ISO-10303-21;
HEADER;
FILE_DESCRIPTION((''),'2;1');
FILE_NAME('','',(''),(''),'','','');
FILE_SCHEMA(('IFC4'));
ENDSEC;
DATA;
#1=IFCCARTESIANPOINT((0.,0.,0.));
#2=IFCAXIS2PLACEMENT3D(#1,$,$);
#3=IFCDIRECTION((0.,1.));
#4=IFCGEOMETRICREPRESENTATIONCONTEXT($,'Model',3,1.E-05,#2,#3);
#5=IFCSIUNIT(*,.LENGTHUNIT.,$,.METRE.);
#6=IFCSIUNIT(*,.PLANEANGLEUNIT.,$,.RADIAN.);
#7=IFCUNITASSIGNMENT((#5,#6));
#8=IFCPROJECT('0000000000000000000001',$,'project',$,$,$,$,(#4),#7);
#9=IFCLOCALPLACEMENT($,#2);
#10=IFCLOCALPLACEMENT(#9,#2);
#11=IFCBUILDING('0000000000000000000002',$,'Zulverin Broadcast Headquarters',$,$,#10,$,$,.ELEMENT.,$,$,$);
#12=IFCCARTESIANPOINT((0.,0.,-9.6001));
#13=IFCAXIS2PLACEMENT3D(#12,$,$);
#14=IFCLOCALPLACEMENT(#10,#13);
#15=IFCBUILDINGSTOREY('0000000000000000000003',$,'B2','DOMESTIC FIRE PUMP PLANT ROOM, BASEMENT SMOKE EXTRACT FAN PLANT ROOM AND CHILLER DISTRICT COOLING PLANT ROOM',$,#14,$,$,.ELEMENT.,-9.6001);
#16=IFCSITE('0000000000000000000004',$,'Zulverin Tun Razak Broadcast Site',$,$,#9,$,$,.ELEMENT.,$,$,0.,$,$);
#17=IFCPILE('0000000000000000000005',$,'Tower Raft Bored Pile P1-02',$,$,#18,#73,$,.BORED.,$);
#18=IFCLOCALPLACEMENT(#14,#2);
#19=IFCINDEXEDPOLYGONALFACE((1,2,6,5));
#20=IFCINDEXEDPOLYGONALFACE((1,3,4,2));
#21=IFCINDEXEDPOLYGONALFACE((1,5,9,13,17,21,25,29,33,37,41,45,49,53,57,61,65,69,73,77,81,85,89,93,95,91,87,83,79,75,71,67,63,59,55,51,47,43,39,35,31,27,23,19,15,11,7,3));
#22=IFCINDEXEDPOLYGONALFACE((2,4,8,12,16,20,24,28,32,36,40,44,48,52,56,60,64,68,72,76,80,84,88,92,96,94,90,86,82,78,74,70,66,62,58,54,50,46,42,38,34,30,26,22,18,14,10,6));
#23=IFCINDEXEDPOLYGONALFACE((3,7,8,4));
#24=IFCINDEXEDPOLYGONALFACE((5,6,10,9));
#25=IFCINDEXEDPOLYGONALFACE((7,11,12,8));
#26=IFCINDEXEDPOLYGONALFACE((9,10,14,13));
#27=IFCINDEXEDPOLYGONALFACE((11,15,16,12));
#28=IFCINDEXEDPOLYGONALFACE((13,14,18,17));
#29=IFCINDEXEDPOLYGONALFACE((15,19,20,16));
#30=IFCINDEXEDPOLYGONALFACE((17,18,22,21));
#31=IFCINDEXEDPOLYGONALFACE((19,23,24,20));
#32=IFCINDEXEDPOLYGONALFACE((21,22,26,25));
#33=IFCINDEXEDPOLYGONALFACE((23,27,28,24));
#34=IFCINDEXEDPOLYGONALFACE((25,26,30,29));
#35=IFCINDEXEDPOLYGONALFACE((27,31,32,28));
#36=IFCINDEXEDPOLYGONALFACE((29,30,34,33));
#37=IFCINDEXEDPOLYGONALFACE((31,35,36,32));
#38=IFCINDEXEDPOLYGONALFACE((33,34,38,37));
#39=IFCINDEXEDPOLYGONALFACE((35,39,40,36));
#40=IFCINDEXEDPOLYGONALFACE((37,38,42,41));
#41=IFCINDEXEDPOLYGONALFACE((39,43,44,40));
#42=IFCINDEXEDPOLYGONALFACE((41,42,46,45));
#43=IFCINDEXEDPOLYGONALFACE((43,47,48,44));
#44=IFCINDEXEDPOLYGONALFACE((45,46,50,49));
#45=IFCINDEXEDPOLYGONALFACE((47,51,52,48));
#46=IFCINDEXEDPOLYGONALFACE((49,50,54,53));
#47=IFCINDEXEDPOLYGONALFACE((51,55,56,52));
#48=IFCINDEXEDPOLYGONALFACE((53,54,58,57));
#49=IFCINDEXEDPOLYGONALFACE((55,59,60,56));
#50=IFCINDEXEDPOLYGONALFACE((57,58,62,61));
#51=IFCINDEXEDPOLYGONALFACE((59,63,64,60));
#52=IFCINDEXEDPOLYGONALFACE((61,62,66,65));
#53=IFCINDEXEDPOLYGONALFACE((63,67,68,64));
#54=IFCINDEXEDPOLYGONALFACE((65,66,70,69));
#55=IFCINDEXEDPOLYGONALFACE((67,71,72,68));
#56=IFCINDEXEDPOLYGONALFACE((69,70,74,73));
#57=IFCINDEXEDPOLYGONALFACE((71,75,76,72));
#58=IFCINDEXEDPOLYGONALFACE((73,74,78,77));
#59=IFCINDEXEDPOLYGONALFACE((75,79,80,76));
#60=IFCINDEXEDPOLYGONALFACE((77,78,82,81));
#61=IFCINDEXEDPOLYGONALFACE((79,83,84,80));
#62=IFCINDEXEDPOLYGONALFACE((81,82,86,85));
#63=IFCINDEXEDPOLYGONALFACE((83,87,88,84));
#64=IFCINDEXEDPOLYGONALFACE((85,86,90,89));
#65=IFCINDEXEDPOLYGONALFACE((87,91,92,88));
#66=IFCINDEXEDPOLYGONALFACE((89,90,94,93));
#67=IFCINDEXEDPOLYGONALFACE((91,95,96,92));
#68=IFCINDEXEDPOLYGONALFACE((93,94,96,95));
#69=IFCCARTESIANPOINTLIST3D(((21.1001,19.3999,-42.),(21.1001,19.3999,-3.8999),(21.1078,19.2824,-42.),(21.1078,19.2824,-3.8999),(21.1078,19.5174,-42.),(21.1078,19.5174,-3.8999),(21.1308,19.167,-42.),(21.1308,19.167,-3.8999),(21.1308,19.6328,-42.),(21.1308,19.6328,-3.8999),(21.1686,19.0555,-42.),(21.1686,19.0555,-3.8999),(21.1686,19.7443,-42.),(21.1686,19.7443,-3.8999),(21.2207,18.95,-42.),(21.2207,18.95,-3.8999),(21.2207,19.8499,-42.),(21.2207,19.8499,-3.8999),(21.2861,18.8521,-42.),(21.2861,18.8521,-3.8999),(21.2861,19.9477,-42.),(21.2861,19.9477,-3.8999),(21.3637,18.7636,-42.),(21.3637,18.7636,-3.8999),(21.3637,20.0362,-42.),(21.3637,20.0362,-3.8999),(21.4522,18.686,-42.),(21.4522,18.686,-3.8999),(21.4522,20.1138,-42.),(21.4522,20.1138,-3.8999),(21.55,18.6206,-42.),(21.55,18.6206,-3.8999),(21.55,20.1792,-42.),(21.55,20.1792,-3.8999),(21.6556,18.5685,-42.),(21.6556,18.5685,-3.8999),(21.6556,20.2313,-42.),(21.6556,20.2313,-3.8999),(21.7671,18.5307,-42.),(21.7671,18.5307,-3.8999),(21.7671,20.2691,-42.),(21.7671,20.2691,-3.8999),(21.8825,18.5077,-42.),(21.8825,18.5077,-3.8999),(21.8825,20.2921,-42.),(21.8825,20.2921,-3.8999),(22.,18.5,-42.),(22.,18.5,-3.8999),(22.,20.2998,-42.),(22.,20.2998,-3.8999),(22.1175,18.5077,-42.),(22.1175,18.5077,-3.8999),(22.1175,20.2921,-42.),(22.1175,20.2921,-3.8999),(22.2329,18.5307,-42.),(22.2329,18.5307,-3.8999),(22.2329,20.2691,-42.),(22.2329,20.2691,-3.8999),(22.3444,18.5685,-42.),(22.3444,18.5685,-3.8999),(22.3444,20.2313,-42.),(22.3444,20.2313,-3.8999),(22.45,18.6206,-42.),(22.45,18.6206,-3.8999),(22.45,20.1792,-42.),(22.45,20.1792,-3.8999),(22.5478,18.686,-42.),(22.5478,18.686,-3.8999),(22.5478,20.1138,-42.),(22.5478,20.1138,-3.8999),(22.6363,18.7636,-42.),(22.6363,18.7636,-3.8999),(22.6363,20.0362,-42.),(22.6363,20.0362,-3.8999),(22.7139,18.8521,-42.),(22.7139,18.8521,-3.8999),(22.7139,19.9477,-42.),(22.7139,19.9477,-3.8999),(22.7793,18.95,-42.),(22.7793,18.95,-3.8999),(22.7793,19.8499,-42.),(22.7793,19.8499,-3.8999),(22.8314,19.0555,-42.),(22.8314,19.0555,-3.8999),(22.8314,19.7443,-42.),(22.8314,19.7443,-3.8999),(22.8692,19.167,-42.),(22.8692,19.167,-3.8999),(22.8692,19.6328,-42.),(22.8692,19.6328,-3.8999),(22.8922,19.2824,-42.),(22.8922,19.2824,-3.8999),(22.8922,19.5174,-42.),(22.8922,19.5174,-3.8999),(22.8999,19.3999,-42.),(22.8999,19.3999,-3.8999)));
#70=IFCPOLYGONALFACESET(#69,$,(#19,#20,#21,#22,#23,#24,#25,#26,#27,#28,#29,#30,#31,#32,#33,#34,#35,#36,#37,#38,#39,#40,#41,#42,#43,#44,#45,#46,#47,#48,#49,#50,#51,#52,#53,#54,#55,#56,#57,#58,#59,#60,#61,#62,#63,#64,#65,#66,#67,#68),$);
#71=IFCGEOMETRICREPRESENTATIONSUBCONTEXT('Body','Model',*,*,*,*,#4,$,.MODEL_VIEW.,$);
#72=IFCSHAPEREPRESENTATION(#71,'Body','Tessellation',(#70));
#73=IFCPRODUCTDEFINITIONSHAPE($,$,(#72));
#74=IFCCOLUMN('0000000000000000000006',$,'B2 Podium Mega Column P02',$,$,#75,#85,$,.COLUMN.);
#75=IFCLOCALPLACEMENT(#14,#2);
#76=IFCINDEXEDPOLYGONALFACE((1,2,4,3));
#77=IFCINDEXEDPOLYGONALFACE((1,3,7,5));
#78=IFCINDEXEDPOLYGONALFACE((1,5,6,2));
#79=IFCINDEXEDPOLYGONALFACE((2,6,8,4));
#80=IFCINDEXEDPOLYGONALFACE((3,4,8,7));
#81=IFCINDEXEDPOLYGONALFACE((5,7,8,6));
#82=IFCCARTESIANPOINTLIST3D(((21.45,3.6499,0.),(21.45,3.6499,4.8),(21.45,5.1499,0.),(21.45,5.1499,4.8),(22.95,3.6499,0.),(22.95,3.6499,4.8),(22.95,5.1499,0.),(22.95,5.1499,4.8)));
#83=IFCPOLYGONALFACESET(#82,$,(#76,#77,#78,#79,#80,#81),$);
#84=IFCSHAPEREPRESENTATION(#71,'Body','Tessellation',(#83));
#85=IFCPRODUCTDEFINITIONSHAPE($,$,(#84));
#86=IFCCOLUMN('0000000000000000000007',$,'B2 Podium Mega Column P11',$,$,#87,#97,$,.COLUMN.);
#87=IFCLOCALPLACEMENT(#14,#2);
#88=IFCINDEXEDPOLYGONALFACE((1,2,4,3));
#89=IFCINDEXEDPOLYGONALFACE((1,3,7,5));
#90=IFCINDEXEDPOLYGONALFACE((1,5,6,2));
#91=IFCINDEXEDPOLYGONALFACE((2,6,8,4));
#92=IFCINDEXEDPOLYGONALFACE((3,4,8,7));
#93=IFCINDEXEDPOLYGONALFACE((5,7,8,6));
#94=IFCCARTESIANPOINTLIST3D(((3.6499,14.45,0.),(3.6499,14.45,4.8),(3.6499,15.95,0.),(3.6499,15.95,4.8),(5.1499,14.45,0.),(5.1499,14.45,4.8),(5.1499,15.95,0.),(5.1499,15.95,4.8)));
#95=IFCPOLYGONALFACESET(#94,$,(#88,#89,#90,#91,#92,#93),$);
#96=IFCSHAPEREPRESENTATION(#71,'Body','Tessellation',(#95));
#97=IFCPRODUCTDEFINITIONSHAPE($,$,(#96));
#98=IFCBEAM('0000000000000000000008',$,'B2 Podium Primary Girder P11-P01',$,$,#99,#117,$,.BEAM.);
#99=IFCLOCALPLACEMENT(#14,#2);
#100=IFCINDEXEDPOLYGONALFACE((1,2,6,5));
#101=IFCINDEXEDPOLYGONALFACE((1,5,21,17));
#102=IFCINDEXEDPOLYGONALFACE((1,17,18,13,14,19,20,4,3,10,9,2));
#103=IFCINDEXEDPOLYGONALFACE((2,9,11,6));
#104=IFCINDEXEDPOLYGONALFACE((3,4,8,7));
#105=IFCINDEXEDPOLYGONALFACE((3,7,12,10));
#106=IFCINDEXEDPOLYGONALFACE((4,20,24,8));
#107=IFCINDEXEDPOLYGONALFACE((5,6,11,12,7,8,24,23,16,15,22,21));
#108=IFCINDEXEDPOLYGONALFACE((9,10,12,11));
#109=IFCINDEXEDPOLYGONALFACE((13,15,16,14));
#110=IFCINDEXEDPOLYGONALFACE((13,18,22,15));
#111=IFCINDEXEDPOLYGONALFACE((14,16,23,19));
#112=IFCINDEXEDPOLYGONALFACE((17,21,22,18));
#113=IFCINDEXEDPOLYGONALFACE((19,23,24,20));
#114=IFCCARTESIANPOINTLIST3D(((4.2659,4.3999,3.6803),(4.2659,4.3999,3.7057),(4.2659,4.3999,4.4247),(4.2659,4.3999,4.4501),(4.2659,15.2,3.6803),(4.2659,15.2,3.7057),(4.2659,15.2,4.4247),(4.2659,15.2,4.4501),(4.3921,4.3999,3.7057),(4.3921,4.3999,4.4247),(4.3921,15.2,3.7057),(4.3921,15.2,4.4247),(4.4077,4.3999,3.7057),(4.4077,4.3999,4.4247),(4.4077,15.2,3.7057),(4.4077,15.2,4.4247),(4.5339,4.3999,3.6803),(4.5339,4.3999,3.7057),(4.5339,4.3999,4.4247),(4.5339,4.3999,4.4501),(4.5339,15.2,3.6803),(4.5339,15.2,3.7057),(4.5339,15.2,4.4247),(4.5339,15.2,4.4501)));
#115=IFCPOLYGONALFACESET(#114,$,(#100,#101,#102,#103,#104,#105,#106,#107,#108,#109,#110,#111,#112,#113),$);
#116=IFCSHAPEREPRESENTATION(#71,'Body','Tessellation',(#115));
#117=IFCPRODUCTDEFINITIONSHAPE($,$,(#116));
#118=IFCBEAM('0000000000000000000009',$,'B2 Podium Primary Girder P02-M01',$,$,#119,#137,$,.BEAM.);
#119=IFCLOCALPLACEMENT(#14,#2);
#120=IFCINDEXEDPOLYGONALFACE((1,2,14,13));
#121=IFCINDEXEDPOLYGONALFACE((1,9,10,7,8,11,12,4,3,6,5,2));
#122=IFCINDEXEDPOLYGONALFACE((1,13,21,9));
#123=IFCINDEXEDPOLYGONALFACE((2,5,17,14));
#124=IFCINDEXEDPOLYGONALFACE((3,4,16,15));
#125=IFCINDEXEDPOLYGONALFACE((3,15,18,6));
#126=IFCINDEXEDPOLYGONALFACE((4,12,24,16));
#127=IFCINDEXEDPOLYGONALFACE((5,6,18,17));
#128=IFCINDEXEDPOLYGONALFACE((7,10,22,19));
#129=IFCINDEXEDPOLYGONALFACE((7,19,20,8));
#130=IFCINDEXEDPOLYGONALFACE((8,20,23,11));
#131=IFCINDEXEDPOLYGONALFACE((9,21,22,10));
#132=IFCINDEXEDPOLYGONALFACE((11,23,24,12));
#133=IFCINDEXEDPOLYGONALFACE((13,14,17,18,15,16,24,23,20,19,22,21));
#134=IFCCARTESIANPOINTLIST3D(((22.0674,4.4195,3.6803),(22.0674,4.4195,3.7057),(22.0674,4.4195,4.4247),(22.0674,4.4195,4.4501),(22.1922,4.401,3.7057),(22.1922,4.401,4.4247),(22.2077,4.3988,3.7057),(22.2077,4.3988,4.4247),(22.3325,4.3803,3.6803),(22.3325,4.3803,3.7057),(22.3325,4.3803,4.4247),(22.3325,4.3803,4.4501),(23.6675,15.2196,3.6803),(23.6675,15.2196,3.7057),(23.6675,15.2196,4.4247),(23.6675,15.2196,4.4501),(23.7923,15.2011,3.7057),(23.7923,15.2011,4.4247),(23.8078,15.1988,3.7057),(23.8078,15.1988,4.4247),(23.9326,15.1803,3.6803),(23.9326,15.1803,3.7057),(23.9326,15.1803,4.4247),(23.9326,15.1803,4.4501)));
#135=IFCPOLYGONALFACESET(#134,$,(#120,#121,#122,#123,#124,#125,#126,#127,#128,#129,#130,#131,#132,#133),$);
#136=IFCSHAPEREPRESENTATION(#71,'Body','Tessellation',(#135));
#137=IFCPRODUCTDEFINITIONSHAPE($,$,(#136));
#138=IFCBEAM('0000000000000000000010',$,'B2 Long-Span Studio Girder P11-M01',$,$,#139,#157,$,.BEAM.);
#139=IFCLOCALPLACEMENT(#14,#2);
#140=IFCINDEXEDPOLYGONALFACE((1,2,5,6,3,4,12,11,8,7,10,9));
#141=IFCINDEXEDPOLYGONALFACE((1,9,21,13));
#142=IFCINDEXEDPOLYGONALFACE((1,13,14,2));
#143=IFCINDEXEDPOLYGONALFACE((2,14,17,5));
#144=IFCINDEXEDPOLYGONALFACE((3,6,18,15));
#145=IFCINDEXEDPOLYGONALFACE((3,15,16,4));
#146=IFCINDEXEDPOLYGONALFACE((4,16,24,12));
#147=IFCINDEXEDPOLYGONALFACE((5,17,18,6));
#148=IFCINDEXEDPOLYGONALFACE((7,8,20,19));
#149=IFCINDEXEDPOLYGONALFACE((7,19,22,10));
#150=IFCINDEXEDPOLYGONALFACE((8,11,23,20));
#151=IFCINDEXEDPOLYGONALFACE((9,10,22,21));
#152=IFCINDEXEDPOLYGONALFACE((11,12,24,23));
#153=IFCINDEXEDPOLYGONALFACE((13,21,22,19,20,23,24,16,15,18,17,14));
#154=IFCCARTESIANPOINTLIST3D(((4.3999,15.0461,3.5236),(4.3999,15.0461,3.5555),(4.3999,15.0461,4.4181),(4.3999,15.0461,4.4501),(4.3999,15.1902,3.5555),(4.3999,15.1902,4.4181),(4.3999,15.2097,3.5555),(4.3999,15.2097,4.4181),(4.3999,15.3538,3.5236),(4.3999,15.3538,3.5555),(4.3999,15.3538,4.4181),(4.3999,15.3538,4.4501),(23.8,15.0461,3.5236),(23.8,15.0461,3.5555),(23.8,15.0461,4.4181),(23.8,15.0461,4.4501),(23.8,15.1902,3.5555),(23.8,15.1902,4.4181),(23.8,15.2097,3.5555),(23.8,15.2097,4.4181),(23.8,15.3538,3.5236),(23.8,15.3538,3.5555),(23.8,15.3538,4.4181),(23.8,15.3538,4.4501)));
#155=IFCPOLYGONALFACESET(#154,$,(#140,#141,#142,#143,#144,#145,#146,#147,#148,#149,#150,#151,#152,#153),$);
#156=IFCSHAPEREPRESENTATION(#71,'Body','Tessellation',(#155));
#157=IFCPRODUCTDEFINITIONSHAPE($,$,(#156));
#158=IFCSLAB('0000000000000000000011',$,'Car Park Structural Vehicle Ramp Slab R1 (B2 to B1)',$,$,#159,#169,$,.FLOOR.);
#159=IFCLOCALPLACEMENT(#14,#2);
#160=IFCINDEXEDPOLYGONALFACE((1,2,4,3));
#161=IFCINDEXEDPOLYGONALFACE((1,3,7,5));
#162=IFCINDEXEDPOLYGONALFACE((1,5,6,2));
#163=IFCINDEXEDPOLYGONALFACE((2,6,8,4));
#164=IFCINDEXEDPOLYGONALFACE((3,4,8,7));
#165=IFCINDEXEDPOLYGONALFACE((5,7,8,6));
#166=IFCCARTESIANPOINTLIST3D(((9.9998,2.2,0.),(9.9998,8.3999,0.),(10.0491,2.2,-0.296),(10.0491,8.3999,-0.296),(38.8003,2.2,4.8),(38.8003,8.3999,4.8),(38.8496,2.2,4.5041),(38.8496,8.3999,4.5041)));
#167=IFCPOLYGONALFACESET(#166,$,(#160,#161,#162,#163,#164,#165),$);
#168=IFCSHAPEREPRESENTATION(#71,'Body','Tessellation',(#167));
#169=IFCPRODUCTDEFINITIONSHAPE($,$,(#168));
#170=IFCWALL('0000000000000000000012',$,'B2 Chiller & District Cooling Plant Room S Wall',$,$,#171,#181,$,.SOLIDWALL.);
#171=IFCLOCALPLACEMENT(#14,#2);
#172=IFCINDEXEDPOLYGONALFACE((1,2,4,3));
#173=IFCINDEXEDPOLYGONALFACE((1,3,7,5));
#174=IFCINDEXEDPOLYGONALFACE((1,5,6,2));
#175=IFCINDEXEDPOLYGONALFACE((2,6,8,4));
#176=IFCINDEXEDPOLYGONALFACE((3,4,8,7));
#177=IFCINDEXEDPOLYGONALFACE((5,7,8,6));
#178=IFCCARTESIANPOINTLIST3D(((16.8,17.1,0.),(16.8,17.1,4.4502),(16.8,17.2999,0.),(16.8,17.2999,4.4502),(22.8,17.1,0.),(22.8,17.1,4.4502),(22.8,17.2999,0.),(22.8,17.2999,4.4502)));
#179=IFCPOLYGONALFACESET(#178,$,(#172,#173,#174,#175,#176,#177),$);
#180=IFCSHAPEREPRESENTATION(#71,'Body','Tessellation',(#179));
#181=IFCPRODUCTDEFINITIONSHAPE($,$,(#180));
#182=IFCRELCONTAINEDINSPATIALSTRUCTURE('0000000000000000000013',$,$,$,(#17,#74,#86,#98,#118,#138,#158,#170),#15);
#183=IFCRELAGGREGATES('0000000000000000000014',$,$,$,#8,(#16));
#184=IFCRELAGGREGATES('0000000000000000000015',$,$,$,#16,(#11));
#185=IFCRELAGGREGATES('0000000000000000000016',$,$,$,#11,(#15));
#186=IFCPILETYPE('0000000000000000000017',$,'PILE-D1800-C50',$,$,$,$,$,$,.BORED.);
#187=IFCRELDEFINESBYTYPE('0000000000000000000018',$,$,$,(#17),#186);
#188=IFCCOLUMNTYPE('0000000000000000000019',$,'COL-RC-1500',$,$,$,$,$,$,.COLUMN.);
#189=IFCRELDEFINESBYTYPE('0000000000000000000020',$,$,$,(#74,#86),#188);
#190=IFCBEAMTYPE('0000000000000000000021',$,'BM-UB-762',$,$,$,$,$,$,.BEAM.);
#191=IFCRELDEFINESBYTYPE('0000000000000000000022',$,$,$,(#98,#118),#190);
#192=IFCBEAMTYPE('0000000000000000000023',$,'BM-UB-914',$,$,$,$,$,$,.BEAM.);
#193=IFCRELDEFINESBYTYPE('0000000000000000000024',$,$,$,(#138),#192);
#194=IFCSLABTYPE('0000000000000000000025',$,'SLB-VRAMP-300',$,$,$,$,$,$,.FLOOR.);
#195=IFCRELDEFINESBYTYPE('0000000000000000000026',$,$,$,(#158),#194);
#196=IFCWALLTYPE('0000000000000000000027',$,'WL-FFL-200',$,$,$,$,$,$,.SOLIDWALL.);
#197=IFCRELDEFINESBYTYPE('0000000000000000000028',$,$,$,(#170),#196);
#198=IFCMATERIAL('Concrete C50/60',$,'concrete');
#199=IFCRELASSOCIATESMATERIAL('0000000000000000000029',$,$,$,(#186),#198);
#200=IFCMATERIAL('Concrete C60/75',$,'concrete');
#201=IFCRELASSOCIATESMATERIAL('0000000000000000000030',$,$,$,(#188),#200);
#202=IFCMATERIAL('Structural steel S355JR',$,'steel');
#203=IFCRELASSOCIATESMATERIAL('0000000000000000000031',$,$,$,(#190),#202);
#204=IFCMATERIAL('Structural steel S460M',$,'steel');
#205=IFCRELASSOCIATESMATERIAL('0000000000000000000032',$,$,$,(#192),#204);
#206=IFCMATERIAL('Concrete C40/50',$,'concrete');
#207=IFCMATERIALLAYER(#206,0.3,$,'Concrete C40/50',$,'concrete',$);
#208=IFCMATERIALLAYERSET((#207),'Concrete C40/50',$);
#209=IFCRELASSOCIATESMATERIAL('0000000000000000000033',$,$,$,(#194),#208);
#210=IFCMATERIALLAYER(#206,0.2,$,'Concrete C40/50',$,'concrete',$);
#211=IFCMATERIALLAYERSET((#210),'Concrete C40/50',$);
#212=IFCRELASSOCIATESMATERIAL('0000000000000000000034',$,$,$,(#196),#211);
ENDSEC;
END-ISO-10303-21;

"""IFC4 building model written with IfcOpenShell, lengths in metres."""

from ifc_helpers import new_model, si_unit, direction, frame, frame_2d, origin, origin_2d, place, context, subcontext, project, spatial, polyline, rectangle, circle, i_section, outline, extrude, material, layer, layer_set, material_profile, profile_set, type_object, element, save


model = new_model("IFC4")

# Units and contexts
model_context = context("Model", 3, precision=1e-05, world=origin(), true_north=direction((0.0, 1.0)))
body_context = subcontext(model_context, "Body", "Model", "MODEL_VIEW")
ifc_project = project(units=[si_unit("LENGTHUNIT", "METRE"), si_unit("PLANEANGLEUNIT", "RADIAN")], contexts=[model_context])

# Site, building, storey
site_placement = place(None, origin())
site = spatial("IfcSite", under=ifc_project, at=site_placement, Name="Zulverin Tun Razak Broadcast Site", CompositionType="ELEMENT", RefElevation=0.0)
building_placement = place(site_placement, origin())
building = spatial("IfcBuilding", under=site, at=building_placement, Name="Zulverin Broadcast Headquarters", CompositionType="ELEMENT")
storey_placement = place(building_placement, frame((0.0, 0.0, -9.6001)))
storey = spatial("IfcBuildingStorey", under=building, at=storey_placement, Name="B2", Description="DOMESTIC FIRE PUMP PLANT ROOM, BASEMENT SMOKE EXTRACT FAN PLANT ROOM AND CHILLER DISTRICT COOLING PLANT ROOM", CompositionType="ELEMENT", Elevation=-9.6001)

# Shared definitions
ifc_material_1 = material(Name="Concrete C50/60", Category="concrete")

# Pile
ifc_material_profile_1 = material_profile(ifc_material_1, circle(Radius=0.8999, at=origin_2d()), Name="Concrete C50/60", Category="concrete")
ifc_profile_set_1 = profile_set([ifc_material_profile_1], Name="Concrete C50/60")
pile_type_1 = type_object("IfcPileType", Name="PILE-D1800-C50", PredefinedType="BORED", material=ifc_profile_set_1)
for number, where, z_axis, x_axis, name in (
    (1, (22.0, 19.3999, -3.8999), (0.0, 0.0, -1.0), (1.0, 0.0, 0.0), "Tower Raft Bored Pile P1-02"),
):
    element("IfcPile", number, at=place(storey_placement, frame(where, z_axis=z_axis, x_axis=x_axis)), inside=storey, type_object=pile_type_1, Name=name, PredefinedType="BORED", context=body_context, shape_type="SweptSolid", body=[
        extrude(circle(Radius=0.8999, at=origin_2d()), origin(), (0.0, 0.0, 1.0), 38.1001),
    ])

# Columns
ifc_material_2 = material(Name="Concrete C60/75", Category="concrete")
ifc_material_profile_2 = material_profile(ifc_material_2, rectangle(XDim=1.5, YDim=1.5, at=origin_2d()), Name="Concrete C60/75", Category="concrete")
ifc_profile_set_2 = profile_set([ifc_material_profile_2], Name="Concrete C60/75")
column_type = type_object("IfcColumnType", Name="COL-RC-1500", PredefinedType="COLUMN", material=ifc_profile_set_2)
for number, where, z_axis, x_axis, name in (
    (2, (22.2, 4.3999, 0.0), (0.0, 0.0, 1.0), (1.0, 0.0, 0.0), "B2 Podium Mega Column P02"),
    (3, (4.3999, 15.2, 0.0), (0.0, 0.0, 1.0), (1.0, 0.0, 0.0), "B2 Podium Mega Column P11"),
):
    element("IfcColumn", number, at=place(storey_placement, frame(where, z_axis=z_axis, x_axis=x_axis)), inside=storey, type_object=column_type, Name=name, PredefinedType="COLUMN", context=body_context, shape_type="SweptSolid", body=[
        extrude(rectangle(XDim=1.5, YDim=1.5, at=origin_2d()), origin(), (0.0, 0.0, 1.0), 4.8),
    ])

# Beams
ifc_material_3 = material(Name="Structural steel S355JR", Category="steel")
ifc_material_profile_3 = material_profile(ifc_material_3, i_section(OverallWidth=0.2681, OverallDepth=0.7698, WebThickness=0.0156, FlangeThickness=0.0254, at=origin_2d()), Name="Structural steel S355JR", Category="steel")
ifc_profile_set_3 = profile_set([ifc_material_profile_3], Name="Structural steel S355JR")
beam_type_1 = type_object("IfcBeamType", Name="BM-UB-762", PredefinedType="BEAM", material=ifc_profile_set_3)
beam_1_placement = place(storey_placement, frame((4.3999, 15.2, 4.0652), z_axis=(0.0, -1.0, 0.0), x_axis=(1.0, 0.0, 0.0)))
element("IfcBeam", 4, at=beam_1_placement, inside=storey, type_object=beam_type_1, Name="B2 Podium Primary Girder P11-P01", PredefinedType="BEAM", context=body_context, shape_type="SweptSolid", body=[
    extrude(i_section(OverallWidth=0.2681, OverallDepth=0.7698, WebThickness=0.0156, FlangeThickness=0.0254, at=origin_2d()), origin(), (0.0, 0.0, 1.0), 10.8),
])
beam_2_placement = place(storey_placement, frame((22.2, 4.3999, 4.0652), z_axis=(0.146557, 0.989202, 0.0), x_axis=(-0.989202, 0.146557, 0.0)))
element("IfcBeam", 5, at=beam_2_placement, inside=storey, type_object=beam_type_1, Name="B2 Podium Primary Girder P02-M01", PredefinedType="BEAM", context=body_context, shape_type="SweptSolid", body=[
    extrude(i_section(OverallWidth=0.2681, OverallDepth=0.7698, WebThickness=0.0156, FlangeThickness=0.0254, at=origin_2d()), origin(), (0.0, 0.0, 1.0), 10.918),
])
ifc_material_4 = material(Name="Structural steel S460M", Category="steel")
ifc_material_profile_4 = material_profile(ifc_material_4, i_section(OverallWidth=0.3076, OverallDepth=0.9265, WebThickness=0.0195, FlangeThickness=0.032, at=origin_2d()), Name="Structural steel S460M", Category="steel")
ifc_profile_set_4 = profile_set([ifc_material_profile_4], Name="Structural steel S460M")
beam_type_2 = type_object("IfcBeamType", Name="BM-UB-914", PredefinedType="BEAM", material=ifc_profile_set_4)
beam_3_placement = place(storey_placement, frame((4.3999, 15.2, 3.9868), z_axis=(1.0, 0.0, 0.0), x_axis=(0.0, 1.0, 0.0)))
element("IfcBeam", 6, at=beam_3_placement, inside=storey, type_object=beam_type_2, Name="B2 Long-Span Studio Girder P11-M01", PredefinedType="BEAM", context=body_context, shape_type="SweptSolid", body=[
    extrude(i_section(OverallWidth=0.3076, OverallDepth=0.9265, WebThickness=0.0195, FlangeThickness=0.032, at=origin_2d()), origin(), (0.0, 0.0, 1.0), 19.4001),
])

# Slab
ifc_material_5 = material(Name="Concrete C40/50", Category="concrete")
ifc_layer_1 = layer(ifc_material_5, 0.3, Name="Concrete C40/50", Category="concrete")
ifc_layer_set_1 = layer_set([ifc_layer_1], Name="Concrete C40/50")
slab_type = type_object("IfcSlabType", Name="SLB-VRAMP-300", PredefinedType="FLOOR", material=ifc_layer_set_1)
slab_placement = place(storey_placement, frame((9.9998, 2.2, 0.0), z_axis=(-0.164398, 0.0, 0.986394), x_axis=(0.986394, 0.0, 0.164398)))
element("IfcSlab", 7, at=slab_placement, inside=storey, type_object=slab_type, Name="Car Park Structural Vehicle Ramp Slab R1 (B2 to B1)", PredefinedType="FLOOR", context=body_context, shape_type="SweptSolid", body=[
    extrude(outline(polyline([(0.0, 0.0), (29.1978, 0.0), (29.1978, 6.2), (0.0, 6.2), (0.0, 0.0)])), origin(), (0.0, 0.0, -1.0), 0.3),
])

# Wall
ifc_layer_2 = layer(ifc_material_5, 0.2, Name="Concrete C40/50", Category="concrete")
ifc_layer_set_2 = layer_set([ifc_layer_2], Name="Concrete C40/50")
wall_type_1 = type_object("IfcWallType", Name="WL-FFL-200", PredefinedType="SOLIDWALL", material=ifc_layer_set_2)
wall_1_placement = place(storey_placement, frame((16.8, 17.2, 0.0), z_axis=(0.0, 0.0, 1.0), x_axis=(1.0, 0.0, 0.0)))
element("IfcWall", 8, at=wall_1_placement, inside=storey, type_object=wall_type_1, Name="B2 Chiller & District Cooling Plant Room S Wall", PredefinedType="SOLIDWALL", context=body_context, shape_type="SweptSolid", body=[
    extrude(rectangle(XDim=6.0, YDim=0.2, at=frame_2d((3.0, 0.0))), origin(), (0.0, 0.0, 1.0), 4.4502),
])

save(model, "model.ifc")
